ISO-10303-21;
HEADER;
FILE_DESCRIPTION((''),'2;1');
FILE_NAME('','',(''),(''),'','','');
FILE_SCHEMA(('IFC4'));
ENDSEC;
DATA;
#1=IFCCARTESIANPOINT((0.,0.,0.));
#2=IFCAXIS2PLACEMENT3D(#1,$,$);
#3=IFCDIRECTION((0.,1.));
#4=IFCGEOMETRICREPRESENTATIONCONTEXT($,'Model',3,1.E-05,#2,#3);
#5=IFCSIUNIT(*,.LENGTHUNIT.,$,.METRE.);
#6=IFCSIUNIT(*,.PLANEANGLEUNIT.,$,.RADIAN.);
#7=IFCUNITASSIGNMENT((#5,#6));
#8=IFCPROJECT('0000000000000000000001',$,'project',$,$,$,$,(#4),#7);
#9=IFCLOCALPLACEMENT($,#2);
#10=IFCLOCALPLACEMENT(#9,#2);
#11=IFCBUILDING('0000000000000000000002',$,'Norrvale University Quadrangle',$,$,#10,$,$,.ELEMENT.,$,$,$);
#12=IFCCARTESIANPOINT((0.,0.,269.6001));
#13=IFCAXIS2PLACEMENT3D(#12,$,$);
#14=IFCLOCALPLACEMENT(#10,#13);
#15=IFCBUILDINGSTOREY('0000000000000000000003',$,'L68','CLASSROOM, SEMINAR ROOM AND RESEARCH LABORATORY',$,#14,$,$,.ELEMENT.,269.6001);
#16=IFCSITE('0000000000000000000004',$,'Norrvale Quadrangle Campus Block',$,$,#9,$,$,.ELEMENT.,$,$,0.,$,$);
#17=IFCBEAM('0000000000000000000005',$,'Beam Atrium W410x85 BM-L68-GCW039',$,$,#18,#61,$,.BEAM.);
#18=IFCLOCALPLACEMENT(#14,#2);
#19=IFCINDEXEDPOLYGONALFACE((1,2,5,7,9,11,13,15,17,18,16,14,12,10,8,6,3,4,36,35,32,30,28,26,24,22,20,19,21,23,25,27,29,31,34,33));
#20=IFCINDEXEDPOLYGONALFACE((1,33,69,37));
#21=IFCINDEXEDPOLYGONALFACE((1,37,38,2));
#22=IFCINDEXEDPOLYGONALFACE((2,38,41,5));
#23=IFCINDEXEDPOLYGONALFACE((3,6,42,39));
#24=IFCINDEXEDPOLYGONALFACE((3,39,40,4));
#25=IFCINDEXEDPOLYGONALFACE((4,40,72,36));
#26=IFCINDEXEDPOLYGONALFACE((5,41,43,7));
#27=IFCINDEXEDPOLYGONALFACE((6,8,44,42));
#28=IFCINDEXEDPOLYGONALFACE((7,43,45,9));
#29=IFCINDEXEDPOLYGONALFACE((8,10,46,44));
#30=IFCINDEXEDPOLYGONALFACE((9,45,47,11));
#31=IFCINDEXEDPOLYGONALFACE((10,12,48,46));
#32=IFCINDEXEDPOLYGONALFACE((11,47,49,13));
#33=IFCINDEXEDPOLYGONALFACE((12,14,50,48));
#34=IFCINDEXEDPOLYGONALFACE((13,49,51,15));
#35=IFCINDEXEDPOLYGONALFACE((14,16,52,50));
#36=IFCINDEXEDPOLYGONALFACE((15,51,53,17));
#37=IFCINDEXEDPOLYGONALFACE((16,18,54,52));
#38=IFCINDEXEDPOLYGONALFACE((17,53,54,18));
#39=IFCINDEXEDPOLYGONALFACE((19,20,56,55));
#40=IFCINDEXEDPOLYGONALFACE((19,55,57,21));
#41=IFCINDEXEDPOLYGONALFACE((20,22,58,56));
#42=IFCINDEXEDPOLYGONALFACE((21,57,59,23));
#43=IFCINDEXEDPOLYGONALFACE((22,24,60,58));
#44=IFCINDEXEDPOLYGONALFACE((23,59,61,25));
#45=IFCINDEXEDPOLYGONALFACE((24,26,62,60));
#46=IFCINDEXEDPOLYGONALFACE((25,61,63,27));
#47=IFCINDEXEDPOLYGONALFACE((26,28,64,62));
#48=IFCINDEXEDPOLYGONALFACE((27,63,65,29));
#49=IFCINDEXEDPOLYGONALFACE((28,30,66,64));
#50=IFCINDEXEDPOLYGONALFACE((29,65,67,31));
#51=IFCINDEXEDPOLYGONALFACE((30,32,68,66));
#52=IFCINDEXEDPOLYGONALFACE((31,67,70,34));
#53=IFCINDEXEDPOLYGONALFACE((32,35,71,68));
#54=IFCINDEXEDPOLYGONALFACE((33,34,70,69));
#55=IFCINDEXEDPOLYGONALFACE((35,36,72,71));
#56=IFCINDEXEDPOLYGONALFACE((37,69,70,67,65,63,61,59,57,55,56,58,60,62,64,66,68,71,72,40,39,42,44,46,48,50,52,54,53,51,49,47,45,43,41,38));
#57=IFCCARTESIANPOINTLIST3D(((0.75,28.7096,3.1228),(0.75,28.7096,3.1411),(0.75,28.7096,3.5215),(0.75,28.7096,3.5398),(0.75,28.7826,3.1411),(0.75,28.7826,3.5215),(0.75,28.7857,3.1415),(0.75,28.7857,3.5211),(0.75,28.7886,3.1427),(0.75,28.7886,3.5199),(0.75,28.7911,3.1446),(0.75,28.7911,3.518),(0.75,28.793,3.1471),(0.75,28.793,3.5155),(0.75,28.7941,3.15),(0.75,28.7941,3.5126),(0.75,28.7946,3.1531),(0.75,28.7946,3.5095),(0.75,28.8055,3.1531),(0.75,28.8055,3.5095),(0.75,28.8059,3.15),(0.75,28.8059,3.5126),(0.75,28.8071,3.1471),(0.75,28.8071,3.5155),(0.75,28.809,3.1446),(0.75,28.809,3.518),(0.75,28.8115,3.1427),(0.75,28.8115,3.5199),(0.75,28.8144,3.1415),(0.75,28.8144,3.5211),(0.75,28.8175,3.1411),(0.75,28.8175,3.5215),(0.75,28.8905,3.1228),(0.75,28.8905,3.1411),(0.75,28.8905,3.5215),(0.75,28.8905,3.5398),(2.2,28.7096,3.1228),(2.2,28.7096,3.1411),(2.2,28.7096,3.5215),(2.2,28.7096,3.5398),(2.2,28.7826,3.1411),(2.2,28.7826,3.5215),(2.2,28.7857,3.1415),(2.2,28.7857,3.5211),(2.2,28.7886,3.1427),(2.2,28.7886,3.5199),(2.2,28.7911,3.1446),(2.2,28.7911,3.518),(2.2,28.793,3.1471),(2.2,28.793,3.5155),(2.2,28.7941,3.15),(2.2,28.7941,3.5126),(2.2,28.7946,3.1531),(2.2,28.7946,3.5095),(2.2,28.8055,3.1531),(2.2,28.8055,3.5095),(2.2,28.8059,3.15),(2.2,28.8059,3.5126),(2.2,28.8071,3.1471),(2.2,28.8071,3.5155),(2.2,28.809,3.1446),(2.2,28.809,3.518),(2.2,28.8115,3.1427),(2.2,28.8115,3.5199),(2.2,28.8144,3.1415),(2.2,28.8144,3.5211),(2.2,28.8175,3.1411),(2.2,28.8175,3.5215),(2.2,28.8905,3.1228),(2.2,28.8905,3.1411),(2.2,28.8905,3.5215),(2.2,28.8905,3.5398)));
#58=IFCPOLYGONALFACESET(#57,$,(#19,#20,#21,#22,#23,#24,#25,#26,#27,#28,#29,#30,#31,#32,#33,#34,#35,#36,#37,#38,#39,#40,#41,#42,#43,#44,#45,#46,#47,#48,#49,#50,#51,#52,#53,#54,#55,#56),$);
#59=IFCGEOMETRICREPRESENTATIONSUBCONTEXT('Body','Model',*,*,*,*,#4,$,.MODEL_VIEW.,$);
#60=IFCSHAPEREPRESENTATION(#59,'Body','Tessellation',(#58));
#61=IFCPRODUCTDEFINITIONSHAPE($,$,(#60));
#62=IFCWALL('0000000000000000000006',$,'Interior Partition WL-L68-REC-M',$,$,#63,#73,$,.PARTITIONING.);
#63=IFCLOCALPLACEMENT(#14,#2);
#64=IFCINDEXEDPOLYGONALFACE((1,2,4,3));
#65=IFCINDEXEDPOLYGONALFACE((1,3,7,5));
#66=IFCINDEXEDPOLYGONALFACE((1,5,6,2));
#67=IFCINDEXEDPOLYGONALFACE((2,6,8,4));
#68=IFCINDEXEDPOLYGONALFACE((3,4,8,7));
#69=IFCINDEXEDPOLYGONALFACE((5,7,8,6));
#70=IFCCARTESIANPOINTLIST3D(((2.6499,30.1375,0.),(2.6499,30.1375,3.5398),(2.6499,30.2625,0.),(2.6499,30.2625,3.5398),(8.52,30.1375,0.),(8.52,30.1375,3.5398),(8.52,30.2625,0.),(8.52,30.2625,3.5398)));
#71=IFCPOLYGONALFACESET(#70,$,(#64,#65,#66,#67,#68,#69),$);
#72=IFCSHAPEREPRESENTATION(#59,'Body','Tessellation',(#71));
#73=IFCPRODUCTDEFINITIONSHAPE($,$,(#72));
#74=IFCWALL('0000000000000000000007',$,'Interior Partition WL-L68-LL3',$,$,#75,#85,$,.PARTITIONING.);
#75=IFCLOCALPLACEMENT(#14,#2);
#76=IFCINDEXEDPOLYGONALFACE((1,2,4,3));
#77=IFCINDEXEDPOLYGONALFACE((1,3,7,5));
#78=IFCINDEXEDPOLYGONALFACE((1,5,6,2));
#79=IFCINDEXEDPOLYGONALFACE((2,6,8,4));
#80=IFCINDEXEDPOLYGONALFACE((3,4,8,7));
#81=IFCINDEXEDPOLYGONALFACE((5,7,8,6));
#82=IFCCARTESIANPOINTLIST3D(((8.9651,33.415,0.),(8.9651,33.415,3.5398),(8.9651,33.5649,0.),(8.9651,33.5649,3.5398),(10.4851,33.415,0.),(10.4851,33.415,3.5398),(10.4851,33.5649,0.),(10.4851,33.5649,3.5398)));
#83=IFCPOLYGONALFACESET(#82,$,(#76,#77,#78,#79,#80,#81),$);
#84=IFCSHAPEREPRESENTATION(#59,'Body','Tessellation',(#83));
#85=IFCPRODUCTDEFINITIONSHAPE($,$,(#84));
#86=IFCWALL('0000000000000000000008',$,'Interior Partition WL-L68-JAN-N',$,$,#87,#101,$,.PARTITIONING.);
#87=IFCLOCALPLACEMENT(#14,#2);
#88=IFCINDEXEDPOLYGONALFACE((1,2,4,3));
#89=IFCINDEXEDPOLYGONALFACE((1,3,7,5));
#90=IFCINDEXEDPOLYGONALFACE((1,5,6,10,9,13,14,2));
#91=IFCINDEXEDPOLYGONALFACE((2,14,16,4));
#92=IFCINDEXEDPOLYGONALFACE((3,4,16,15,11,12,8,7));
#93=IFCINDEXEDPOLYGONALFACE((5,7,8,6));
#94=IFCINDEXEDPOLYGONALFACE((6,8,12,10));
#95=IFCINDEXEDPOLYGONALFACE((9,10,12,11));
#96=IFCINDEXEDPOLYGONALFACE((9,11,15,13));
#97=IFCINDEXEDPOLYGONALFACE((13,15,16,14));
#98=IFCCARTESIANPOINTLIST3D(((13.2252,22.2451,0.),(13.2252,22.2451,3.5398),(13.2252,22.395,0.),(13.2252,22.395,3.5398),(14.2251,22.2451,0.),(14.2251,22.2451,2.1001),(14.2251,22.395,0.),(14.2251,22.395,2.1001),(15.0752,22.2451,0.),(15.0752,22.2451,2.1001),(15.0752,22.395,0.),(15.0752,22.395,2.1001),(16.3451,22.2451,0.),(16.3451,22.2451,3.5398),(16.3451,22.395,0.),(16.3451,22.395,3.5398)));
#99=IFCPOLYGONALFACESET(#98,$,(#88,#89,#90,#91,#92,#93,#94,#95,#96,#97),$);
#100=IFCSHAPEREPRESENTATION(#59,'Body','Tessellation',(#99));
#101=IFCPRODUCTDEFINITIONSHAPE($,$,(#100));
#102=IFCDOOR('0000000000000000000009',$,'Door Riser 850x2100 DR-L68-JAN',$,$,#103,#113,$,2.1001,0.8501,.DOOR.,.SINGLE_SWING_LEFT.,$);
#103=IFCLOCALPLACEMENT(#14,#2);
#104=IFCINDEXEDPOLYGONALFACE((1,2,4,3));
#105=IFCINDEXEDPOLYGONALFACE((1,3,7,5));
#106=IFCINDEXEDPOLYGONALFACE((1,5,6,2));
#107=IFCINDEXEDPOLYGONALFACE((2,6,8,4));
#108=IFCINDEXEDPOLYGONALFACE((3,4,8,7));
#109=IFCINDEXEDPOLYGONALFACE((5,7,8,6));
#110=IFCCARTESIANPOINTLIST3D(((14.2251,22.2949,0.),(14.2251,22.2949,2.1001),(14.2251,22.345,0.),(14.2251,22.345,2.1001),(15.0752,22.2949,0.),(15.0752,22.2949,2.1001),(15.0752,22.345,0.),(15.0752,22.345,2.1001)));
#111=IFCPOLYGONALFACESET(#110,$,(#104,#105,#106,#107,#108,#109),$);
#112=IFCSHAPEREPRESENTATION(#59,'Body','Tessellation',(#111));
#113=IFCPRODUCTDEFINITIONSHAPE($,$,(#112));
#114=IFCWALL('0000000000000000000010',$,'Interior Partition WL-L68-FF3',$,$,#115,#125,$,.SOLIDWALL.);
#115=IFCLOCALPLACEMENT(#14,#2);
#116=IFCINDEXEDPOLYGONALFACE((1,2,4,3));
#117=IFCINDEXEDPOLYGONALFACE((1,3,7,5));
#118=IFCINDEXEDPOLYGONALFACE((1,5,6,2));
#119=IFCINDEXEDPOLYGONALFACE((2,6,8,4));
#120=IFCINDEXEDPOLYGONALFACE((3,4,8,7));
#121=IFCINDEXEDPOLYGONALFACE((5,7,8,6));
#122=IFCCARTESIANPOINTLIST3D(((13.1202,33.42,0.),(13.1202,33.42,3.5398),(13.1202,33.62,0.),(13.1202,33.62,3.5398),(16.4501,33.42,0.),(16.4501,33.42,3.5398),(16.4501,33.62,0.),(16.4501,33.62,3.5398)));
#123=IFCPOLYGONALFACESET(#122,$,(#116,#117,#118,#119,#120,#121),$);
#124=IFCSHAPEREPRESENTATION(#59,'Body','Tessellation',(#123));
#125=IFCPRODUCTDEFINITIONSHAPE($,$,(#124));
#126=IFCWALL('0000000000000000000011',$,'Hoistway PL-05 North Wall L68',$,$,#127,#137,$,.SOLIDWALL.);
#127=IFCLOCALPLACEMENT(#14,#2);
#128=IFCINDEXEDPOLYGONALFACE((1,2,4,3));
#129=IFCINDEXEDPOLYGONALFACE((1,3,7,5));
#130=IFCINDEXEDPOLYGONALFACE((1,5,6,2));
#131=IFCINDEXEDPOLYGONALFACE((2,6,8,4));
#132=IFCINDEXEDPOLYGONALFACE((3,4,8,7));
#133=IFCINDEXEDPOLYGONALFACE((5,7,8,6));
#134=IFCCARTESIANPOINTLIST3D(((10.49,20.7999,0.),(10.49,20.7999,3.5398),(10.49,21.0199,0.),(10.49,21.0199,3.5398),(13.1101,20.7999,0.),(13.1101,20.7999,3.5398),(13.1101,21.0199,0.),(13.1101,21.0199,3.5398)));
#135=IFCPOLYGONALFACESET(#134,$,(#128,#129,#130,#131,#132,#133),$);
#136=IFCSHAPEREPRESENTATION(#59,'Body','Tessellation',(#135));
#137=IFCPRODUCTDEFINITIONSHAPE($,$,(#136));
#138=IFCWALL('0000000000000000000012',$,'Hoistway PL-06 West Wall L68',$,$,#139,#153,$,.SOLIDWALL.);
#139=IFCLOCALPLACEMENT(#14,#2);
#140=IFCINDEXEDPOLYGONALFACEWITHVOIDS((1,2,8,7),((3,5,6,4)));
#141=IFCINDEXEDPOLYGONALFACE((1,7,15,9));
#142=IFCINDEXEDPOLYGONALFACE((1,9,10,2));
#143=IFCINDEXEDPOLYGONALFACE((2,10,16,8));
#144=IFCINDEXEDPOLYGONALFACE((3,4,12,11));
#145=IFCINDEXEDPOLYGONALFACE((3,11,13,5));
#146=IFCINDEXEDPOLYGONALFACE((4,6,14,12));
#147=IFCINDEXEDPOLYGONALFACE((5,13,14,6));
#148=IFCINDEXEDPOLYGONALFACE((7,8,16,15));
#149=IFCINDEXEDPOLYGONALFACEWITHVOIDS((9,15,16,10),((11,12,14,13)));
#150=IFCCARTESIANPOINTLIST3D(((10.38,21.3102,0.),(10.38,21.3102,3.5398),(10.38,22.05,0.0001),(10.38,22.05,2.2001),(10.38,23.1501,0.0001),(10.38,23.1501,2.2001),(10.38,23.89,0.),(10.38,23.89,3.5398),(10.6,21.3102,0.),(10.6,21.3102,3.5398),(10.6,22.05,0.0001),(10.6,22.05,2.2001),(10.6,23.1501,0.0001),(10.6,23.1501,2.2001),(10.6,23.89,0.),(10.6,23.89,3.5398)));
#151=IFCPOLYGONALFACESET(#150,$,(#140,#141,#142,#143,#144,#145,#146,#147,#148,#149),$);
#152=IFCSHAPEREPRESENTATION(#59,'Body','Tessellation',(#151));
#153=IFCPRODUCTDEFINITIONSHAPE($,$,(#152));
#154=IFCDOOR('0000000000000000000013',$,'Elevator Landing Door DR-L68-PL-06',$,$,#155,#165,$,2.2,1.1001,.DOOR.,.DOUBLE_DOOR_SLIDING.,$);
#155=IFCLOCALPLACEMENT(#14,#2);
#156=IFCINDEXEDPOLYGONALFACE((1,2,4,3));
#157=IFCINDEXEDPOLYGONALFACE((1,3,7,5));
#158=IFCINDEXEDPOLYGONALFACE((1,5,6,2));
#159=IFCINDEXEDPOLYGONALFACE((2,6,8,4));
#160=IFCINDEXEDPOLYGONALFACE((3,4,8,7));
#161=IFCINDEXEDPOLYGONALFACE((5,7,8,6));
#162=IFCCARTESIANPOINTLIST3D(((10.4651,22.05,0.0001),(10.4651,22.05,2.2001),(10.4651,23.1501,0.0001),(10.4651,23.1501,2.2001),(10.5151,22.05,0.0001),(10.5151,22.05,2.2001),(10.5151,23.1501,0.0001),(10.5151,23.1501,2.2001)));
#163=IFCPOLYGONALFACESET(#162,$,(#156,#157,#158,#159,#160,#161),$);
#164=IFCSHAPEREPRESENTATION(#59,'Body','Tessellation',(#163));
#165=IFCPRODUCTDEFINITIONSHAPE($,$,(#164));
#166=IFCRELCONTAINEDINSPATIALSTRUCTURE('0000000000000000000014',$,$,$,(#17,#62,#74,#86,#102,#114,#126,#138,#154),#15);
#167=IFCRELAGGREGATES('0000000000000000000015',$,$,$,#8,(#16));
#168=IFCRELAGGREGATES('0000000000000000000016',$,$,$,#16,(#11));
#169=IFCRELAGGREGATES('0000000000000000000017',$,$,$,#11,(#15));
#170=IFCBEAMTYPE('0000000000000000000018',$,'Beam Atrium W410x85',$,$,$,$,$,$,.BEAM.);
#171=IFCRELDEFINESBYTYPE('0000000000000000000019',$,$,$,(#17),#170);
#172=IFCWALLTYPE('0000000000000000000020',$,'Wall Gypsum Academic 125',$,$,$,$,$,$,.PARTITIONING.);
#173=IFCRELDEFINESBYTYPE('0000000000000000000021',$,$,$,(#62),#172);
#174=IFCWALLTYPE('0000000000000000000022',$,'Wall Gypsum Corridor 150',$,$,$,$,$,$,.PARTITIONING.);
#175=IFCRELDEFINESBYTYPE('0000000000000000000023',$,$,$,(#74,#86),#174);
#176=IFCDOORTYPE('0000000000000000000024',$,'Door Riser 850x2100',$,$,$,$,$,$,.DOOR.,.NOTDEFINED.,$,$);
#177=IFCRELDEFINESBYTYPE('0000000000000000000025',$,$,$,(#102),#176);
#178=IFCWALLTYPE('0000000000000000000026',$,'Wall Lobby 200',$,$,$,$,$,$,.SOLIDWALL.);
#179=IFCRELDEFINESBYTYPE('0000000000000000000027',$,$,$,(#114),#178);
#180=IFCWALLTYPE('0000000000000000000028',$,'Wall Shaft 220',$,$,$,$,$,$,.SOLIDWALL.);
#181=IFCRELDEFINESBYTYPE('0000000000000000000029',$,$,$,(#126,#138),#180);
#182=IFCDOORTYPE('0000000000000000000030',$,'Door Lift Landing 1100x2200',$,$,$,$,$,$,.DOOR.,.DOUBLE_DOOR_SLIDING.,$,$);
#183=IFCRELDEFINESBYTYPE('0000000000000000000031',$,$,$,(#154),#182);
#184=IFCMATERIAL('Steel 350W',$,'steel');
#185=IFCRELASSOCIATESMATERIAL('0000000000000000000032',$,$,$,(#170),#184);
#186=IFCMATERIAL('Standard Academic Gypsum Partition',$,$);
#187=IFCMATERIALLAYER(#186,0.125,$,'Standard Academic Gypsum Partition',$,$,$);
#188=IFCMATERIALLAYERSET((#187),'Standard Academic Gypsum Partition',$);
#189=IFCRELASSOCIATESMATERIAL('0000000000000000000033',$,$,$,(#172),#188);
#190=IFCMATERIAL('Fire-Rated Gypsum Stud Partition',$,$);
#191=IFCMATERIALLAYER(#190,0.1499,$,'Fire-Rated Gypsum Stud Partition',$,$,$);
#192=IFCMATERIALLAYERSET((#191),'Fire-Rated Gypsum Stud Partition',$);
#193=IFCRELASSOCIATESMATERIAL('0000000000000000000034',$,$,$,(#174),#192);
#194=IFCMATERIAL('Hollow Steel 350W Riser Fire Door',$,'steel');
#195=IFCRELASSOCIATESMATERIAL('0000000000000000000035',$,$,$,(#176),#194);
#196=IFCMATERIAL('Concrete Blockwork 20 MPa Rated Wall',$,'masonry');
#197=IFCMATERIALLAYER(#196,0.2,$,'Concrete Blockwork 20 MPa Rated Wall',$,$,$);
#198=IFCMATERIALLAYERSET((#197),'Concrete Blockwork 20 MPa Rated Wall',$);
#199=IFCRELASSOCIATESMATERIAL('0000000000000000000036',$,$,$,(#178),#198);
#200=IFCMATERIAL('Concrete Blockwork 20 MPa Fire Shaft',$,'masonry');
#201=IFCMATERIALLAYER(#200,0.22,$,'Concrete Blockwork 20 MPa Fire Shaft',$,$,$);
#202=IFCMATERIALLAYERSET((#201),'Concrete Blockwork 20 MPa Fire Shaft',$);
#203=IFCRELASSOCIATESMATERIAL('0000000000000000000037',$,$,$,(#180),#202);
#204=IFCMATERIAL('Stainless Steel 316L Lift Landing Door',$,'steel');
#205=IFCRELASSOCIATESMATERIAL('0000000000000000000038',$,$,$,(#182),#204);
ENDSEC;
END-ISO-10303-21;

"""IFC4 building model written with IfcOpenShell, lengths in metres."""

from ifc_helpers import new_model, si_unit, direction, frame, frame_2d, origin, origin_2d, place, context, subcontext, project, spatial, rectangle, i_section, extrude, material, layer, layer_set, material_profile, profile_set, type_object, element, fill, save


model = new_model("IFC4")

# Units and contexts
model_context = context("Model", 3, precision=1e-05, world=origin(), true_north=direction((0.0, 1.0)))
body_context = subcontext(model_context, "Body", "Model", "MODEL_VIEW")
ifc_project = project(units=[si_unit("LENGTHUNIT", "METRE"), si_unit("PLANEANGLEUNIT", "RADIAN")], contexts=[model_context])

# Site, building, storey
site_placement = place(None, origin())
site = spatial("IfcSite", under=ifc_project, at=site_placement, Name="Norrvale Quadrangle Campus Block", CompositionType="ELEMENT", RefElevation=0.0)
building_placement = place(site_placement, origin())
building = spatial("IfcBuilding", under=site, at=building_placement, Name="Norrvale University Quadrangle", CompositionType="ELEMENT")
storey_placement = place(building_placement, frame((0.0, 0.0, 269.6001)))
storey = spatial("IfcBuildingStorey", under=building, at=storey_placement, Name="L68", Description="CLASSROOM, SEMINAR ROOM AND RESEARCH LABORATORY", CompositionType="ELEMENT", Elevation=269.6001)

# Beam
ifc_material_1 = material(Name="Steel 350W", Category="steel")
ifc_material_profile_1 = material_profile(ifc_material_1, i_section(OverallWidth=0.1809, OverallDepth=0.417, WebThickness=0.011, FlangeThickness=0.0183, FilletRadius=0.012, at=origin_2d()), Name="Steel 350W")
ifc_profile_set_1 = profile_set([ifc_material_profile_1], Name="Steel 350W")
beam_type = type_object("IfcBeamType", Name="Beam Atrium W410x85", PredefinedType="BEAM", material=ifc_profile_set_1)
for number, where, z_axis, x_axis, name in (
    (1, (0.75, 28.8, 3.3313), (1.0, 0.0, 0.0), (0.0, 1.0, 0.0), "Beam Atrium W410x85 BM-L68-GCW039"),
):
    element("IfcBeam", number, at=place(storey_placement, frame(where, z_axis=z_axis, x_axis=x_axis)), inside=storey, type_object=beam_type, Name=name, PredefinedType="BEAM", context=body_context, shape_type="SweptSolid", body=[
        extrude(i_section(OverallWidth=0.1809, OverallDepth=0.417, WebThickness=0.011, FlangeThickness=0.0183, FilletRadius=0.012, at=origin_2d()), origin(), (0.0, 0.0, 1.0), 1.45),
    ])

# Walls
ifc_material_2 = material(Name="Standard Academic Gypsum Partition")
ifc_layer_1 = layer(ifc_material_2, 0.125, Name="Standard Academic Gypsum Partition")
ifc_layer_set_1 = layer_set([ifc_layer_1], Name="Standard Academic Gypsum Partition")
wall_type_1 = type_object("IfcWallType", Name="Wall Gypsum Academic 125", PredefinedType="PARTITIONING", material=ifc_layer_set_1)
wall_1_placement = place(storey_placement, frame((2.6499, 30.2, 0.0), z_axis=(0.0, 0.0, 1.0), x_axis=(1.0, 0.0, 0.0)))
element("IfcWall", 2, at=wall_1_placement, inside=storey, type_object=wall_type_1, Name="Interior Partition WL-L68-REC-M", PredefinedType="PARTITIONING", context=body_context, shape_type="SweptSolid", body=[
    extrude(rectangle(XDim=5.8701, YDim=0.125, at=frame_2d((2.9351, 0.0))), origin(), (0.0, 0.0, 1.0), 3.5398),
])
ifc_material_3 = material(Name="Fire-Rated Gypsum Stud Partition")
ifc_layer_2 = layer(ifc_material_3, 0.1499, Name="Fire-Rated Gypsum Stud Partition")
ifc_layer_set_2 = layer_set([ifc_layer_2], Name="Fire-Rated Gypsum Stud Partition")
wall_type_2 = type_object("IfcWallType", Name="Wall Gypsum Corridor 150", PredefinedType="PARTITIONING", material=ifc_layer_set_2)
wall_2_placement = place(storey_placement, frame((8.9651, 33.49, 0.0), z_axis=(0.0, 0.0, 1.0), x_axis=(1.0, 0.0, 0.0)))
element("IfcWall", 3, at=wall_2_placement, inside=storey, type_object=wall_type_2, Name="Interior Partition WL-L68-LL3", PredefinedType="PARTITIONING", context=body_context, shape_type="SweptSolid", body=[
    extrude(rectangle(XDim=1.52, YDim=0.1499, at=frame_2d((0.76, 0.0))), origin(), (0.0, 0.0, 1.0), 3.5398),
])

# Wall, opening, door
wall_3_placement = place(storey_placement, frame((13.2251, 22.3201, 0.0), z_axis=(0.0, 0.0, 1.0), x_axis=(1.0, 0.0, 0.0)))
wall_3 = element("IfcWall", 4, at=wall_3_placement, inside=storey, type_object=wall_type_2, Name="Interior Partition WL-L68-JAN-N", PredefinedType="PARTITIONING", context=body_context, shape_type="SweptSolid", body=[
    extrude(rectangle(XDim=3.1199, YDim=0.1499, at=frame_2d((1.5601, 0.0))), origin(), (0.0, 0.0, 1.0), 3.5398),
])
opening_1_placement = place(wall_3_placement, frame((1.0, 0.0, 0.0)))
opening_1 = element("IfcOpeningElement", 5, at=opening_1_placement, cuts=wall_3, PredefinedType="OPENING", context=body_context, shape_type="SweptSolid", body=[
    extrude(rectangle(XDim=0.8501, YDim=2.1001, at=frame_2d((0.425, 1.05))), frame((0.0, 0.0869, 0.0), z_axis=(0.0, -1.0, 0.0), x_axis=(1.0, 0.0, 0.0)), (0.0, 0.0, 1.0), 0.1738),
])
ifc_material_4 = material(Name="Hollow Steel 350W Riser Fire Door", Category="steel")
door_type_1 = type_object("IfcDoorType", Name="Door Riser 850x2100", OperationType="NOTDEFINED", PredefinedType="DOOR", material=ifc_material_4)
door_1_placement = place(opening_1_placement, origin())
door_1 = element("IfcDoor", 6, at=door_1_placement, inside=storey, type_object=door_type_1, Name="Door Riser 850x2100 DR-L68-JAN", OperationType="SINGLE_SWING_LEFT", OverallHeight=2.1001, OverallWidth=0.8501, PredefinedType="DOOR", context=body_context, shape_type="SweptSolid", body=[
    extrude(rectangle(XDim=0.8501, YDim=2.1001, at=frame_2d((0.425, 1.05))), frame((0.0, 0.0249, 0.0), z_axis=(0.0, -1.0, 0.0), x_axis=(1.0, 0.0, 0.0)), (0.0, 0.0, 1.0), 0.05),
])
fill(opening_1, door_1)

# Walls
ifc_material_5 = material(Name="Concrete Blockwork 20 MPa Rated Wall", Category="masonry")
ifc_layer_3 = layer(ifc_material_5, 0.2, Name="Concrete Blockwork 20 MPa Rated Wall")
ifc_layer_set_3 = layer_set([ifc_layer_3], Name="Concrete Blockwork 20 MPa Rated Wall")
wall_type_3 = type_object("IfcWallType", Name="Wall Lobby 200", PredefinedType="SOLIDWALL", material=ifc_layer_set_3)
wall_4_placement = place(storey_placement, frame((13.1201, 33.52, 0.0), z_axis=(0.0, 0.0, 1.0), x_axis=(1.0, 0.0, 0.0)))
element("IfcWall", 7, at=wall_4_placement, inside=storey, type_object=wall_type_3, Name="Interior Partition WL-L68-FF3", PredefinedType="SOLIDWALL", context=body_context, shape_type="SweptSolid", body=[
    extrude(rectangle(XDim=3.3298, YDim=0.2, at=frame_2d((1.665, 0.0))), origin(), (0.0, 0.0, 1.0), 3.5398),
])
ifc_material_6 = material(Name="Concrete Blockwork 20 MPa Fire Shaft", Category="masonry")
ifc_layer_4 = layer(ifc_material_6, 0.22, Name="Concrete Blockwork 20 MPa Fire Shaft")
ifc_layer_set_4 = layer_set([ifc_layer_4], Name="Concrete Blockwork 20 MPa Fire Shaft")
wall_type_4 = type_object("IfcWallType", Name="Wall Shaft 220", PredefinedType="SOLIDWALL", material=ifc_layer_set_4)
wall_5_placement = place(storey_placement, frame((10.49, 20.9099, 0.0), z_axis=(0.0, 0.0, 1.0), x_axis=(1.0, 0.0, 0.0)))
element("IfcWall", 8, at=wall_5_placement, inside=storey, type_object=wall_type_4, Name="Hoistway PL-05 North Wall L68", PredefinedType="SOLIDWALL", context=body_context, shape_type="SweptSolid", body=[
    extrude(rectangle(XDim=2.6201, YDim=0.22, at=frame_2d((1.3101, 0.0))), origin(), (0.0, 0.0, 1.0), 3.5398),
])

# Wall, opening, door
wall_6_placement = place(storey_placement, frame((10.49, 21.3101, 0.0), z_axis=(0.0, 0.0, 1.0), x_axis=(0.0, 1.0, 0.0)))
wall_6 = element("IfcWall", 9, at=wall_6_placement, inside=storey, type_object=wall_type_4, Name="Hoistway PL-06 West Wall L68", PredefinedType="SOLIDWALL", context=body_context, shape_type="SweptSolid", body=[
    extrude(rectangle(XDim=2.5798, YDim=0.22, at=frame_2d((1.29, 0.0))), origin(), (0.0, 0.0, 1.0), 3.5398),
])
opening_2_placement = place(wall_6_placement, frame((0.74, 0.0, 0.0)))
opening_2 = element("IfcOpeningElement", 10, at=opening_2_placement, cuts=wall_6, PredefinedType="OPENING", context=body_context, shape_type="SweptSolid", body=[
    extrude(rectangle(XDim=1.1001, YDim=2.2, at=frame_2d((0.55, 1.1001))), frame((0.0, 0.1221, 0.0), z_axis=(0.0, -1.0, 0.0), x_axis=(1.0, 0.0, 0.0)), (0.0, 0.0, 1.0), 0.2439),
])
ifc_material_7 = material(Name="Stainless Steel 316L Lift Landing Door", Category="steel")
door_type_2 = type_object("IfcDoorType", Name="Door Lift Landing 1100x2200", OperationType="DOUBLE_DOOR_SLIDING", PredefinedType="DOOR", material=ifc_material_7)
door_2_placement = place(opening_2_placement, origin())
door_2 = element("IfcDoor", 11, at=door_2_placement, inside=storey, type_object=door_type_2, Name="Elevator Landing Door DR-L68-PL-06", OperationType="DOUBLE_DOOR_SLIDING", OverallHeight=2.2, OverallWidth=1.1001, PredefinedType="DOOR", context=body_context, shape_type="SweptSolid", body=[
    extrude(rectangle(XDim=1.1001, YDim=2.2, at=frame_2d((0.55, 1.1001))), frame((0.0, 0.0249, 0.0), z_axis=(0.0, -1.0, 0.0), x_axis=(1.0, 0.0, 0.0)), (0.0, 0.0, 1.0), 0.05),
])
fill(opening_2, door_2)

save(model, "model.ifc")
